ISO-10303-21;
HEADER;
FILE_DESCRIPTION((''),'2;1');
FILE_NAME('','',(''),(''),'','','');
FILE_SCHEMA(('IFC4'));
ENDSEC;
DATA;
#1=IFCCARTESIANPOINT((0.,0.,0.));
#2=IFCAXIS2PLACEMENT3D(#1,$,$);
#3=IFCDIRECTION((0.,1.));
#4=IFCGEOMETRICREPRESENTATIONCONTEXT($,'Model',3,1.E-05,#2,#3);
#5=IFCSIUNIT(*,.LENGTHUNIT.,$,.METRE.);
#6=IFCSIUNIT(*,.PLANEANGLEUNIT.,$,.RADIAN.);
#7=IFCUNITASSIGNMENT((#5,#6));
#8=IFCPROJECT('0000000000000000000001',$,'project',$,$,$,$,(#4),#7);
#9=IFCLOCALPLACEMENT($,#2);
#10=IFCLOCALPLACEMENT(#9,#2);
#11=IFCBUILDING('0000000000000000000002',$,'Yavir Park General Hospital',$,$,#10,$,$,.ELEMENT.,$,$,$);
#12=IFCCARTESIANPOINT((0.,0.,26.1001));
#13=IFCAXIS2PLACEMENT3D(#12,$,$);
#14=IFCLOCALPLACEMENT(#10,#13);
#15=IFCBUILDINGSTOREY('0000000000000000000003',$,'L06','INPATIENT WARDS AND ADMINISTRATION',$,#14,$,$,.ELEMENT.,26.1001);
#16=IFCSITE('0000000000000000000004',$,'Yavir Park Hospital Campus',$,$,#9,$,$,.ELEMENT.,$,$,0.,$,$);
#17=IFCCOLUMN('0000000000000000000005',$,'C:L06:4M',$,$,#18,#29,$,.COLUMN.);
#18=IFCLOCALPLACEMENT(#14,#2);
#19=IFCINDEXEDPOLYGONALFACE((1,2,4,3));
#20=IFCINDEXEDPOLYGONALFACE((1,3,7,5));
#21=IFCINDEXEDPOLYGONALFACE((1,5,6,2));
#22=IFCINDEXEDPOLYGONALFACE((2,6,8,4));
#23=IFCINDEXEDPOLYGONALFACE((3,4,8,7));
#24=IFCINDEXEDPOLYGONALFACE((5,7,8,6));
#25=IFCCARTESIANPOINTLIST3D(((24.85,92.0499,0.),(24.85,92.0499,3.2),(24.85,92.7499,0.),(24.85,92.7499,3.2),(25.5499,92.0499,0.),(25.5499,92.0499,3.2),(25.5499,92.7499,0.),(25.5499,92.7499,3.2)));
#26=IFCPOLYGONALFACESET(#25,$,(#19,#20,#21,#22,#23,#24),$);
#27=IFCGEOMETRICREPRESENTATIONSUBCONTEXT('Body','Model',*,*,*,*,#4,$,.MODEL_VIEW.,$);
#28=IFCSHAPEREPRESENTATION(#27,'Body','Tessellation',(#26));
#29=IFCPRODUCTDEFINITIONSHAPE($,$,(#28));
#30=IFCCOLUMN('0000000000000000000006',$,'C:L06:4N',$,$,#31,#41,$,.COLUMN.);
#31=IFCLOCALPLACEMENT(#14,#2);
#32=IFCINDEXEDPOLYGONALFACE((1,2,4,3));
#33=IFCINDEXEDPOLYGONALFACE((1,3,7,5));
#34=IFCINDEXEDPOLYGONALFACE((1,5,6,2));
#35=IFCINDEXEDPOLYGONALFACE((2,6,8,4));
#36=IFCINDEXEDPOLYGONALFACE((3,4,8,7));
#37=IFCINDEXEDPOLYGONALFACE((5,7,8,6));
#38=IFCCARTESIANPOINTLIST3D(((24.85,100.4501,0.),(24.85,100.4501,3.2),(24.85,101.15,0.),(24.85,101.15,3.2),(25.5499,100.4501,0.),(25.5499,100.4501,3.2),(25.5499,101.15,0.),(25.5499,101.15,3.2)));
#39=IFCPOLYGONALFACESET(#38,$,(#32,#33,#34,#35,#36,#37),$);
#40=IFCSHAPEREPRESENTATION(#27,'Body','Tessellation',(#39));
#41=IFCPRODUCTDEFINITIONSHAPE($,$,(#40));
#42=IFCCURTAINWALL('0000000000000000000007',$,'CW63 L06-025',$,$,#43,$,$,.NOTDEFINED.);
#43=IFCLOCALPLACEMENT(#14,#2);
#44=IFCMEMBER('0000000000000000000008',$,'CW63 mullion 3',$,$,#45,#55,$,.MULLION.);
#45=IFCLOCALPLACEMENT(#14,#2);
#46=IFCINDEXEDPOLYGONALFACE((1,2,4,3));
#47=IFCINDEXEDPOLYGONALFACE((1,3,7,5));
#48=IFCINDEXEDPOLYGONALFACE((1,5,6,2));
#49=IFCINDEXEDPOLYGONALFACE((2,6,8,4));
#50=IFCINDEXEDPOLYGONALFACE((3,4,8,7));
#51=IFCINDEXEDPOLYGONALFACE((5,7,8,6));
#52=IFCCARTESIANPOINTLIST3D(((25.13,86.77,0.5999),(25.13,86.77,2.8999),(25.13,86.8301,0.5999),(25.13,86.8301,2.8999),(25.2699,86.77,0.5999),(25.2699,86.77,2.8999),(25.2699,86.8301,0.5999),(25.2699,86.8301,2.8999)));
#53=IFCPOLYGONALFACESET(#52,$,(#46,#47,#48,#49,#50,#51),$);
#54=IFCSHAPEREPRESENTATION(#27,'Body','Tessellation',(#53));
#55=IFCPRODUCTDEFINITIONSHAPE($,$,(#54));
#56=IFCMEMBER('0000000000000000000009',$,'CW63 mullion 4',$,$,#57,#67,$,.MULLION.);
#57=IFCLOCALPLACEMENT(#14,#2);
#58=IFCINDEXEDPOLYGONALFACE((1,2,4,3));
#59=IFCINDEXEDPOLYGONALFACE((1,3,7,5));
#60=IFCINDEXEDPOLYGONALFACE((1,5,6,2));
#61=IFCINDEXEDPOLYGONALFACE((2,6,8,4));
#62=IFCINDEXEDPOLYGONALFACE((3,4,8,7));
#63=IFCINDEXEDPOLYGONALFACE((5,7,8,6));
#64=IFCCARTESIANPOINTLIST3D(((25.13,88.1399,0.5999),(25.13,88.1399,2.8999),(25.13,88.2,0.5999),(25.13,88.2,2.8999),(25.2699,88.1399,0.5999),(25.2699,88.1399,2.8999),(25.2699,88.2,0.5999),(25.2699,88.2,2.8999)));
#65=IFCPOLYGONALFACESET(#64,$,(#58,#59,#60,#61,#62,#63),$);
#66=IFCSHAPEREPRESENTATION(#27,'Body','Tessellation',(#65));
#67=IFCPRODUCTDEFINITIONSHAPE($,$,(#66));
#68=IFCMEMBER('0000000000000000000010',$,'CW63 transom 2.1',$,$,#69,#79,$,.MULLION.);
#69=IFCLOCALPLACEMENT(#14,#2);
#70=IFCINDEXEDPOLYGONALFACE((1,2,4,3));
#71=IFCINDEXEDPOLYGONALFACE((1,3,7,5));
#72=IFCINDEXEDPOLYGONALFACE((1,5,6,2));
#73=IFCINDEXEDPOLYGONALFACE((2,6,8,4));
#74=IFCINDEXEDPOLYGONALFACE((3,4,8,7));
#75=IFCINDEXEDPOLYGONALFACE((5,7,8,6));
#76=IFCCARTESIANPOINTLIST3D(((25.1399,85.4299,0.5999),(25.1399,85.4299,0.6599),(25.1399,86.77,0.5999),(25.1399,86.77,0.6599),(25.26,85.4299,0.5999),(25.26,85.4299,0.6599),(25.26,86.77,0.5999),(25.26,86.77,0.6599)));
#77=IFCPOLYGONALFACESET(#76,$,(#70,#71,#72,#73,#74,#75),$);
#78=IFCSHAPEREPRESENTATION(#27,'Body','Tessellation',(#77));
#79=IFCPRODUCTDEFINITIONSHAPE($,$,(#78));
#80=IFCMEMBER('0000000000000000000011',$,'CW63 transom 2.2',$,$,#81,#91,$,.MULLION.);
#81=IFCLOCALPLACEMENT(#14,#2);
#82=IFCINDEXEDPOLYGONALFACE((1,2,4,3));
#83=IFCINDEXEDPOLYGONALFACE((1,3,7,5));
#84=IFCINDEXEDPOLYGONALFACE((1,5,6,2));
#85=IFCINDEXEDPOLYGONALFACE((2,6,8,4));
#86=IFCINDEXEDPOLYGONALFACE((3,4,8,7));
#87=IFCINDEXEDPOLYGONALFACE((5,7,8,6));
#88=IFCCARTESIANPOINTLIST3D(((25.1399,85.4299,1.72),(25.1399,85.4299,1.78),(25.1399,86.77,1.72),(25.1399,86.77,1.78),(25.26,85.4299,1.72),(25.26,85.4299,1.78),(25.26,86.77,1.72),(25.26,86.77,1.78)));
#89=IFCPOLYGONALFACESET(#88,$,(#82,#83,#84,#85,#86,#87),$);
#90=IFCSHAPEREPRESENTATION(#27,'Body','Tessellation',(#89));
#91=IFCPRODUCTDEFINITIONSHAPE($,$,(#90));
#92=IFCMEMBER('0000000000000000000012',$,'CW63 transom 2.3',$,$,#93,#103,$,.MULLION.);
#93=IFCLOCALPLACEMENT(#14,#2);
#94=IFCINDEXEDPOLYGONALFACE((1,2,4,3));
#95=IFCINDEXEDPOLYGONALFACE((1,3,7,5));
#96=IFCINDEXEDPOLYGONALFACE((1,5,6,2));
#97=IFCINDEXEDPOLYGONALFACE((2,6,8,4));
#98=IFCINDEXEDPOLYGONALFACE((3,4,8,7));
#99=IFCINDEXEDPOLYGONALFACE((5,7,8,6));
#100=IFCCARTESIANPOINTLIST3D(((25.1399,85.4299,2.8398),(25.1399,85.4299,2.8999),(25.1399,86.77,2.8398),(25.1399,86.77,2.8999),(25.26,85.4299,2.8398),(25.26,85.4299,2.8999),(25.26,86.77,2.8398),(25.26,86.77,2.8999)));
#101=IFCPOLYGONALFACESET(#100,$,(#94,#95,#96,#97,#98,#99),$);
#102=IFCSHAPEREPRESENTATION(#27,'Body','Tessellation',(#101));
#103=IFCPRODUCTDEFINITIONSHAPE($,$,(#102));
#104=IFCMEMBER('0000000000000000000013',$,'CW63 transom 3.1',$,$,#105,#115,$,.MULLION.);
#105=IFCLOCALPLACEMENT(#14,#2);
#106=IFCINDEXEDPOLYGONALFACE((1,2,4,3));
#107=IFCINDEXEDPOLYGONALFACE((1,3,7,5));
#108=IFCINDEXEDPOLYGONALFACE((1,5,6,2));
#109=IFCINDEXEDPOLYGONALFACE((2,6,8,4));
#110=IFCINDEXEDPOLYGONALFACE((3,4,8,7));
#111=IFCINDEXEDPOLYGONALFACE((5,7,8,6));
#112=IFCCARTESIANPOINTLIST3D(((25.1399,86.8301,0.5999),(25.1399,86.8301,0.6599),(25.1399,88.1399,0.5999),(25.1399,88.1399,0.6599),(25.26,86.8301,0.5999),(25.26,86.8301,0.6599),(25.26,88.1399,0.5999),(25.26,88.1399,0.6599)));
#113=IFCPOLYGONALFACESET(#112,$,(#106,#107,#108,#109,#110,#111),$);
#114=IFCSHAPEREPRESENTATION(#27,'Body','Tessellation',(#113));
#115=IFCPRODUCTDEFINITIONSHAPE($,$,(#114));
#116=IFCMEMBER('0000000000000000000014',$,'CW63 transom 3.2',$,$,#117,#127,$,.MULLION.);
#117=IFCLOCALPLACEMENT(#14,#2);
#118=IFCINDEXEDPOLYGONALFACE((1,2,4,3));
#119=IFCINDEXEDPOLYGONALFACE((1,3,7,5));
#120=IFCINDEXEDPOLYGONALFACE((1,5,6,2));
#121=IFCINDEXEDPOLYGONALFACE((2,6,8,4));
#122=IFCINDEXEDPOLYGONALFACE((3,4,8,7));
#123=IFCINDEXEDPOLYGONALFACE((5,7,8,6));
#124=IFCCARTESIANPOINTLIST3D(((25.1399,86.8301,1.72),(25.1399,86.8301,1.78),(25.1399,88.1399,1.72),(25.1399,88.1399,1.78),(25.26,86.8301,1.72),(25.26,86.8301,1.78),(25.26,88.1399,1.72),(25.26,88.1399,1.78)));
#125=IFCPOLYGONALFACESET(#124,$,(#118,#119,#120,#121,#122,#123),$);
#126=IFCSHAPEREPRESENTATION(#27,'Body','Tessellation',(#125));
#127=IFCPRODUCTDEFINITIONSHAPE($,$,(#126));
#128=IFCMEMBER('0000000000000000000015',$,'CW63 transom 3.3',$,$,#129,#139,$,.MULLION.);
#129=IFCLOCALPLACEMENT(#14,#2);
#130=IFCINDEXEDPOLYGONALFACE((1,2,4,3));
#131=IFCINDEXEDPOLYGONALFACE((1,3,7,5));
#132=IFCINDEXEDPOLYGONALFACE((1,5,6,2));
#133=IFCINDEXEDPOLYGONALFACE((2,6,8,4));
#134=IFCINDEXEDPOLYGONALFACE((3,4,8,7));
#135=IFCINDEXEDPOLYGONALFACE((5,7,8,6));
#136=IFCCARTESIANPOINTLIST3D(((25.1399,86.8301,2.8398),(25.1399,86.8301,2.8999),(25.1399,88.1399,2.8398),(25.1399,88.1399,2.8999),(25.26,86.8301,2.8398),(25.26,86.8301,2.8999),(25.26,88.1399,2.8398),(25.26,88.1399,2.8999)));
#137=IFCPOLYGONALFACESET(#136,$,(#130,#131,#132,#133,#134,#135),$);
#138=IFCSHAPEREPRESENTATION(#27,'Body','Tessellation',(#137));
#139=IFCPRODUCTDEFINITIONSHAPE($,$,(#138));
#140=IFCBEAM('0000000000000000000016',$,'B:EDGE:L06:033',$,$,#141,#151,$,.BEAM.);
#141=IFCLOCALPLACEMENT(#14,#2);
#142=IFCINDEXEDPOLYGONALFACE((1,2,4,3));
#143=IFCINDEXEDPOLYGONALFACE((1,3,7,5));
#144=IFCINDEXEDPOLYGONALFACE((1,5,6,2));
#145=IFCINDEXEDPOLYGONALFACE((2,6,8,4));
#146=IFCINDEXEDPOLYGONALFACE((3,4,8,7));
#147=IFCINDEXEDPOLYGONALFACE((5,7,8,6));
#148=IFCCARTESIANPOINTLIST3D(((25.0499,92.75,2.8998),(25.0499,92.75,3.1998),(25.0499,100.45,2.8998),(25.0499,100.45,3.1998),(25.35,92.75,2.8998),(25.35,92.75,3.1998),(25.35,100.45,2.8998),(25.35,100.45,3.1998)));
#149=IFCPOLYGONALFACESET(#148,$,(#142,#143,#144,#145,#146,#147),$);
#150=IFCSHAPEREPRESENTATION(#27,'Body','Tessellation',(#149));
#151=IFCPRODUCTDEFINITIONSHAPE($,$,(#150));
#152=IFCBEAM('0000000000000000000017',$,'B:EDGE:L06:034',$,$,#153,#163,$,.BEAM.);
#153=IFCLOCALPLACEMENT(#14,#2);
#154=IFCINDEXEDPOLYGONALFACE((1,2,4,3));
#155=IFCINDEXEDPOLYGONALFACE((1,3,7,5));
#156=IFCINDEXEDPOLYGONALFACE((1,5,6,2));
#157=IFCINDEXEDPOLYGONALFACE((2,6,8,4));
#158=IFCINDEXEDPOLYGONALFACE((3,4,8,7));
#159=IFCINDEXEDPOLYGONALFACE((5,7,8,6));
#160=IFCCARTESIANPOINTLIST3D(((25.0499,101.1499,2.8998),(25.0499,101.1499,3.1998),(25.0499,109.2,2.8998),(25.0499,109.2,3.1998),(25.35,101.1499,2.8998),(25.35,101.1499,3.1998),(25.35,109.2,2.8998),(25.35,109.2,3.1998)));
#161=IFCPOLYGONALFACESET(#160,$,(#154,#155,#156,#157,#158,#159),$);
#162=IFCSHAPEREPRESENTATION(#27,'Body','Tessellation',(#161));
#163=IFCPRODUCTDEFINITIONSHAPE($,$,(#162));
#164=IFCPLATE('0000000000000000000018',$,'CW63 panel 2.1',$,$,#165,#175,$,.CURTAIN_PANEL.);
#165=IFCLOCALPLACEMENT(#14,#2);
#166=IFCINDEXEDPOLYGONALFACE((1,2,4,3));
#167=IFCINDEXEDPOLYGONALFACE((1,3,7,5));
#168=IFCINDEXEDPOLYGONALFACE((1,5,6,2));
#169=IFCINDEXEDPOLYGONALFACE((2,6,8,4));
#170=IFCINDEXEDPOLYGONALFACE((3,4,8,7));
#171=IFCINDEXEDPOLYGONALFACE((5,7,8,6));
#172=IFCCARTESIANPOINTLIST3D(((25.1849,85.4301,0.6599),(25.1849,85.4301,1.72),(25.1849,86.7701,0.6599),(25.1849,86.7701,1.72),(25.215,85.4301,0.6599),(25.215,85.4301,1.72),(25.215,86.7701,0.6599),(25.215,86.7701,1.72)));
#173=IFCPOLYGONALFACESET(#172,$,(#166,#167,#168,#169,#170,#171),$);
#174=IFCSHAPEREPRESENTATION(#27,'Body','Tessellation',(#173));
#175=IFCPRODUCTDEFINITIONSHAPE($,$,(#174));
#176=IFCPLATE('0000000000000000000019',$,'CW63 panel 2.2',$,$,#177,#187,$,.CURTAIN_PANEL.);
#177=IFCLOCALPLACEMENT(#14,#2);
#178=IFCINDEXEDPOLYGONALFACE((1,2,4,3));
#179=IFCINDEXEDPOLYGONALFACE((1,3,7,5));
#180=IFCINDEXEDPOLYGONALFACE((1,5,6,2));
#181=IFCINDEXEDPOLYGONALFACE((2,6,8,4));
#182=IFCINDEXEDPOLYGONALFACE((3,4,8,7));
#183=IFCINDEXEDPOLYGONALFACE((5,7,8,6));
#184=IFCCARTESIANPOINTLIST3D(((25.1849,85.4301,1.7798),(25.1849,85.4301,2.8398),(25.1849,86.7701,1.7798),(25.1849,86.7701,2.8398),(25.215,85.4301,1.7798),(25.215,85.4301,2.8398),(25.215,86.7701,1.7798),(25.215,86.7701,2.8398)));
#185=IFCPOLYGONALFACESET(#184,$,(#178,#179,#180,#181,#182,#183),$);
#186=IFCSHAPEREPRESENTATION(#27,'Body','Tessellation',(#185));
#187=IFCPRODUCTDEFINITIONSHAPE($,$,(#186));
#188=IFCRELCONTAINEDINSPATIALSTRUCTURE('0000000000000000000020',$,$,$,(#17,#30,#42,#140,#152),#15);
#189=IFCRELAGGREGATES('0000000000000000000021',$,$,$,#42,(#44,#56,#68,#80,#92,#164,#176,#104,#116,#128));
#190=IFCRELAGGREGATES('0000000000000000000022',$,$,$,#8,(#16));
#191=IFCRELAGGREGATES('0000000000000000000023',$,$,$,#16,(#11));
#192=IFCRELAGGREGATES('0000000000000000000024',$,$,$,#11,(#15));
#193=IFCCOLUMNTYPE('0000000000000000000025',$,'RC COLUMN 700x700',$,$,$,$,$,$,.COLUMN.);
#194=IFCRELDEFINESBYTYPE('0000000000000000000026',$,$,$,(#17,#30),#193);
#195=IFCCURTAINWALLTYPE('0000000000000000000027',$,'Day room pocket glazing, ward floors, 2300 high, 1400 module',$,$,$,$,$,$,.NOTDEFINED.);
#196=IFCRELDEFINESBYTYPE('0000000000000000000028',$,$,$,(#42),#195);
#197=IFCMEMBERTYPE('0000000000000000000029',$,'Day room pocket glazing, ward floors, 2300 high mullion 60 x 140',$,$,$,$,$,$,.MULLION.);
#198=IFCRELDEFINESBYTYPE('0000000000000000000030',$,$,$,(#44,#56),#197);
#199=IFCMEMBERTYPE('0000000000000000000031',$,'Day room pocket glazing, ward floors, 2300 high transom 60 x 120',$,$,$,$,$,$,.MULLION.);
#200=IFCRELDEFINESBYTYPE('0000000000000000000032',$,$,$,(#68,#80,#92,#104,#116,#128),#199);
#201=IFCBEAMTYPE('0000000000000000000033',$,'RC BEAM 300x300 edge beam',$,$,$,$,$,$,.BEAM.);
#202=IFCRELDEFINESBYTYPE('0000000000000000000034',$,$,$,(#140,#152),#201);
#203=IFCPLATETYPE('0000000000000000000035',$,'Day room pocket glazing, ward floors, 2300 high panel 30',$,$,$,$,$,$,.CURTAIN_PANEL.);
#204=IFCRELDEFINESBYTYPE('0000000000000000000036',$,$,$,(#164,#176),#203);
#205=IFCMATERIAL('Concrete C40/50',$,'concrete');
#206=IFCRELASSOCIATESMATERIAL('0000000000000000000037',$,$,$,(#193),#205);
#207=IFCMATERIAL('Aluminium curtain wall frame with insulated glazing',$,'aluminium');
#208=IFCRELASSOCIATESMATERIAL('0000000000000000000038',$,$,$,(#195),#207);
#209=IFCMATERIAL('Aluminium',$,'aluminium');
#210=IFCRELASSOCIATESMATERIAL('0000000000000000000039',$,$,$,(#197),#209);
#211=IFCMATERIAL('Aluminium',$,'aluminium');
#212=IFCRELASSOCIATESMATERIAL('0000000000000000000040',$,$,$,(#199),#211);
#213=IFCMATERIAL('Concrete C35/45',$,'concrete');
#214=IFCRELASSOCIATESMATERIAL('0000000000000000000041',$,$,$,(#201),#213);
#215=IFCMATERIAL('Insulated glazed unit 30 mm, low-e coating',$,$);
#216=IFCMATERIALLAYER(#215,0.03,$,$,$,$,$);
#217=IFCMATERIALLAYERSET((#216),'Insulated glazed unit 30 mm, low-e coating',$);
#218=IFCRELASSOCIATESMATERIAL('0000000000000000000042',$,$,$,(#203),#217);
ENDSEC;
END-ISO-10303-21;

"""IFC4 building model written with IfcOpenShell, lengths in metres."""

from ifc_helpers import new_model, si_unit, direction, frame, origin, origin_2d, place, context, subcontext, project, spatial, rectangle, extrude, material, layer, layer_set, material_profile, profile_set, type_object, element, aggregate, save


model = new_model("IFC4")

# Units and contexts
model_context = context("Model", 3, precision=1e-05, world=origin(), true_north=direction((0.0, 1.0)))
body_context = subcontext(model_context, "Body", "Model", "MODEL_VIEW")
ifc_project = project(units=[si_unit("LENGTHUNIT", "METRE"), si_unit("PLANEANGLEUNIT", "RADIAN")], contexts=[model_context])

# Site, building, storey
site_placement = place(None, origin())
site = spatial("IfcSite", under=ifc_project, at=site_placement, Name="Yavir Park Hospital Campus", CompositionType="ELEMENT", RefElevation=0.0)
building_placement = place(site_placement, origin())
building = spatial("IfcBuilding", under=site, at=building_placement, Name="Yavir Park General Hospital", CompositionType="ELEMENT")
storey_placement = place(building_placement, frame((0.0, 0.0, 26.1001)))
storey = spatial("IfcBuildingStorey", under=building, at=storey_placement, Name="L06", Description="INPATIENT WARDS AND ADMINISTRATION", CompositionType="ELEMENT", Elevation=26.1001)

# Columns
ifc_material_1 = material(Name="Concrete C40/50", Category="concrete")
ifc_material_profile_1 = material_profile(ifc_material_1, rectangle(XDim=0.7, YDim=0.7, at=origin_2d()), Name="RC700x700")
ifc_profile_set_1 = profile_set([ifc_material_profile_1], Name="Concrete C40/50")
column_type = type_object("IfcColumnType", Name="RC COLUMN 700x700", PredefinedType="COLUMN", material=ifc_profile_set_1)
for number, where, z_axis, x_axis, name in (
    (1, (25.2, 92.3999, 0.0), (0.0, 0.0, 1.0), (1.0, 0.0, 0.0), "C:L06:4M"),
    (2, (25.2, 100.8, 0.0), (0.0, 0.0, 1.0), (1.0, 0.0, 0.0), "C:L06:4N"),
):
    element("IfcColumn", number, at=place(storey_placement, frame(where, z_axis=z_axis, x_axis=x_axis)), inside=storey, type_object=column_type, Name=name, PredefinedType="COLUMN", context=body_context, shape_type="SweptSolid", body=[
        extrude(rectangle(XDim=0.7, YDim=0.7, at=origin_2d()), origin(), (0.0, 0.0, 1.0), 3.2),
    ])

# Curtain wall, members
ifc_material_2 = material(Name="Aluminium curtain wall frame with insulated glazing", Category="aluminium")
curtain_wall_type = type_object("IfcCurtainWallType", Name="Day room pocket glazing, ward floors, 2300 high, 1400 module", PredefinedType="NOTDEFINED", material=ifc_material_2)
curtain_wall_placement = place(storey_placement, origin())
curtain_wall = element("IfcCurtainWall", 3, at=curtain_wall_placement, inside=storey, type_object=curtain_wall_type, Name="CW63 L06-025", PredefinedType="NOTDEFINED")
ifc_material_3 = material(Name="Aluminium", Category="aluminium")
ifc_material_profile_2 = material_profile(ifc_material_3, rectangle(XDim=0.1399, YDim=0.0601, at=origin_2d()), Name="AL 60x140")
ifc_profile_set_2 = profile_set([ifc_material_profile_2], Name="Aluminium")
member_type_1 = type_object("IfcMemberType", Name="Day room pocket glazing, ward floors, 2300 high mullion 60 x 140", PredefinedType="MULLION", material=ifc_profile_set_2)
member_1_placement = place(storey_placement, frame((25.2, 86.8, 0.5999), z_axis=(0.0, 0.0, 1.0), x_axis=(-1.0, 0.0, 0.0)))
member_1 = element("IfcMember", 4, at=member_1_placement, type_object=member_type_1, Name="CW63 mullion 3", PredefinedType="MULLION", context=body_context, shape_type="SweptSolid", body=[
    extrude(rectangle(XDim=0.1399, YDim=0.0601, at=origin_2d()), origin(), (0.0, 0.0, 1.0), 2.3),
])
member_2_placement = place(storey_placement, frame((25.2, 88.1699, 0.5999), z_axis=(0.0, 0.0, 1.0), x_axis=(-1.0, 0.0, 0.0)))
member_2 = element("IfcMember", 5, at=member_2_placement, type_object=member_type_1, Name="CW63 mullion 4", PredefinedType="MULLION", context=body_context, shape_type="SweptSolid", body=[
    extrude(rectangle(XDim=0.1399, YDim=0.0601, at=origin_2d()), origin(), (0.0, 0.0, 1.0), 2.3),
])
ifc_material_4 = material(Name="Aluminium", Category="aluminium")
ifc_material_profile_3 = material_profile(ifc_material_4, rectangle(XDim=0.1201, YDim=0.0601, at=origin_2d()), Name="AL 120x60")
ifc_profile_set_3 = profile_set([ifc_material_profile_3], Name="Aluminium")
member_type_2 = type_object("IfcMemberType", Name="Day room pocket glazing, ward floors, 2300 high transom 60 x 120", PredefinedType="MULLION", material=ifc_profile_set_3)
member_3_placement = place(storey_placement, frame((25.2, 85.4299, 0.6299), z_axis=(0.0, 1.0, 0.0), x_axis=(-1.0, 0.0, 0.0)))
member_3 = element("IfcMember", 6, at=member_3_placement, type_object=member_type_2, Name="CW63 transom 2.1", PredefinedType="MULLION", context=body_context, shape_type="SweptSolid", body=[
    extrude(rectangle(XDim=0.1201, YDim=0.0601, at=origin_2d()), origin(), (0.0, 0.0, 1.0), 1.3401),
])
member_4_placement = place(storey_placement, frame((25.2, 85.4299, 1.75), z_axis=(0.0, 1.0, 0.0), x_axis=(-1.0, 0.0, 0.0)))
member_4 = element("IfcMember", 7, at=member_4_placement, type_object=member_type_2, Name="CW63 transom 2.2", PredefinedType="MULLION", context=body_context, shape_type="SweptSolid", body=[
    extrude(rectangle(XDim=0.1201, YDim=0.0601, at=origin_2d()), origin(), (0.0, 0.0, 1.0), 1.3401),
])
member_5_placement = place(storey_placement, frame((25.2, 85.4299, 2.8699), z_axis=(0.0, 1.0, 0.0), x_axis=(-1.0, 0.0, 0.0)))
member_5 = element("IfcMember", 8, at=member_5_placement, type_object=member_type_2, Name="CW63 transom 2.3", PredefinedType="MULLION", context=body_context, shape_type="SweptSolid", body=[
    extrude(rectangle(XDim=0.1201, YDim=0.0601, at=origin_2d()), origin(), (0.0, 0.0, 1.0), 1.3401),
])
member_6_placement = place(storey_placement, frame((25.2, 86.8301, 0.6299), z_axis=(0.0, 1.0, 0.0), x_axis=(-1.0, 0.0, 0.0)))
member_6 = element("IfcMember", 9, at=member_6_placement, type_object=member_type_2, Name="CW63 transom 3.1", PredefinedType="MULLION", context=body_context, shape_type="SweptSolid", body=[
    extrude(rectangle(XDim=0.1201, YDim=0.0601, at=origin_2d()), origin(), (0.0, 0.0, 1.0), 1.3098),
])
member_7_placement = place(storey_placement, frame((25.2, 86.8301, 1.75), z_axis=(0.0, 1.0, 0.0), x_axis=(-1.0, 0.0, 0.0)))
member_7 = element("IfcMember", 10, at=member_7_placement, type_object=member_type_2, Name="CW63 transom 3.2", PredefinedType="MULLION", context=body_context, shape_type="SweptSolid", body=[
    extrude(rectangle(XDim=0.1201, YDim=0.0601, at=origin_2d()), origin(), (0.0, 0.0, 1.0), 1.3098),
])
member_8_placement = place(storey_placement, frame((25.2, 86.8301, 2.8699), z_axis=(0.0, 1.0, 0.0), x_axis=(-1.0, 0.0, 0.0)))
member_8 = element("IfcMember", 11, at=member_8_placement, type_object=member_type_2, Name="CW63 transom 3.3", PredefinedType="MULLION", context=body_context, shape_type="SweptSolid", body=[
    extrude(rectangle(XDim=0.1201, YDim=0.0601, at=origin_2d()), origin(), (0.0, 0.0, 1.0), 1.3098),
])

# Beams
ifc_material_5 = material(Name="Concrete C35/45", Category="concrete")
ifc_material_profile_4 = material_profile(ifc_material_5, rectangle(XDim=0.3, YDim=0.3, at=origin_2d()), Name="RC300x300")
ifc_profile_set_4 = profile_set([ifc_material_profile_4], Name="Concrete C35/45")
beam_type = type_object("IfcBeamType", Name="RC BEAM 300x300 edge beam", PredefinedType="BEAM", material=ifc_profile_set_4)
beam_1_placement = place(storey_placement, frame((25.2, 92.75, 3.0498), z_axis=(0.0, 1.0, 0.0), x_axis=(-1.0, 0.0, 0.0)))
element("IfcBeam", 12, at=beam_1_placement, inside=storey, type_object=beam_type, Name="B:EDGE:L06:033", PredefinedType="BEAM", context=body_context, shape_type="SweptSolid", body=[
    extrude(rectangle(XDim=0.3, YDim=0.3, at=origin_2d()), origin(), (0.0, 0.0, 1.0), 7.7),
])
beam_2_placement = place(storey_placement, frame((25.2, 101.1499, 3.0498), z_axis=(0.0, 1.0, 0.0), x_axis=(-1.0, 0.0, 0.0)))
element("IfcBeam", 13, at=beam_2_placement, inside=storey, type_object=beam_type, Name="B:EDGE:L06:034", PredefinedType="BEAM", context=body_context, shape_type="SweptSolid", body=[
    extrude(rectangle(XDim=0.3, YDim=0.3, at=origin_2d()), origin(), (0.0, 0.0, 1.0), 8.05),
])

# Plates
ifc_material_6 = material(Name="Insulated glazed unit 30 mm, low-e coating")
ifc_layer_1 = layer(ifc_material_6, 0.03)
ifc_layer_set_1 = layer_set([ifc_layer_1], Name="Insulated glazed unit 30 mm, low-e coating")
plate_type = type_object("IfcPlateType", Name="Day room pocket glazing, ward floors, 2300 high panel 30", PredefinedType="CURTAIN_PANEL", material=ifc_layer_set_1)
plate_1_placement = place(storey_placement, frame((25.2, 86.1001, 0.6599), z_axis=(0.0, 0.0, 1.0), x_axis=(0.0, 1.0, 0.0)))
plate_1 = element("IfcPlate", 14, at=plate_1_placement, type_object=plate_type, Name="CW63 panel 2.1", PredefinedType="CURTAIN_PANEL", context=body_context, shape_type="SweptSolid", body=[
    extrude(rectangle(XDim=1.3401, YDim=0.03, at=origin_2d()), origin(), (0.0, 0.0, 1.0), 1.0601),
])
plate_2_placement = place(storey_placement, frame((25.2, 86.1001, 1.7798), z_axis=(0.0, 0.0, 1.0), x_axis=(0.0, 1.0, 0.0)))
plate_2 = element("IfcPlate", 15, at=plate_2_placement, type_object=plate_type, Name="CW63 panel 2.2", PredefinedType="CURTAIN_PANEL", context=body_context, shape_type="SweptSolid", body=[
    extrude(rectangle(XDim=1.3401, YDim=0.03, at=origin_2d()), origin(), (0.0, 0.0, 1.0), 1.0601),
])
aggregate(curtain_wall, [member_1, member_2, member_3, member_4, member_5, plate_1, plate_2, member_6, member_7, member_8])

save(model, "model.ifc")
